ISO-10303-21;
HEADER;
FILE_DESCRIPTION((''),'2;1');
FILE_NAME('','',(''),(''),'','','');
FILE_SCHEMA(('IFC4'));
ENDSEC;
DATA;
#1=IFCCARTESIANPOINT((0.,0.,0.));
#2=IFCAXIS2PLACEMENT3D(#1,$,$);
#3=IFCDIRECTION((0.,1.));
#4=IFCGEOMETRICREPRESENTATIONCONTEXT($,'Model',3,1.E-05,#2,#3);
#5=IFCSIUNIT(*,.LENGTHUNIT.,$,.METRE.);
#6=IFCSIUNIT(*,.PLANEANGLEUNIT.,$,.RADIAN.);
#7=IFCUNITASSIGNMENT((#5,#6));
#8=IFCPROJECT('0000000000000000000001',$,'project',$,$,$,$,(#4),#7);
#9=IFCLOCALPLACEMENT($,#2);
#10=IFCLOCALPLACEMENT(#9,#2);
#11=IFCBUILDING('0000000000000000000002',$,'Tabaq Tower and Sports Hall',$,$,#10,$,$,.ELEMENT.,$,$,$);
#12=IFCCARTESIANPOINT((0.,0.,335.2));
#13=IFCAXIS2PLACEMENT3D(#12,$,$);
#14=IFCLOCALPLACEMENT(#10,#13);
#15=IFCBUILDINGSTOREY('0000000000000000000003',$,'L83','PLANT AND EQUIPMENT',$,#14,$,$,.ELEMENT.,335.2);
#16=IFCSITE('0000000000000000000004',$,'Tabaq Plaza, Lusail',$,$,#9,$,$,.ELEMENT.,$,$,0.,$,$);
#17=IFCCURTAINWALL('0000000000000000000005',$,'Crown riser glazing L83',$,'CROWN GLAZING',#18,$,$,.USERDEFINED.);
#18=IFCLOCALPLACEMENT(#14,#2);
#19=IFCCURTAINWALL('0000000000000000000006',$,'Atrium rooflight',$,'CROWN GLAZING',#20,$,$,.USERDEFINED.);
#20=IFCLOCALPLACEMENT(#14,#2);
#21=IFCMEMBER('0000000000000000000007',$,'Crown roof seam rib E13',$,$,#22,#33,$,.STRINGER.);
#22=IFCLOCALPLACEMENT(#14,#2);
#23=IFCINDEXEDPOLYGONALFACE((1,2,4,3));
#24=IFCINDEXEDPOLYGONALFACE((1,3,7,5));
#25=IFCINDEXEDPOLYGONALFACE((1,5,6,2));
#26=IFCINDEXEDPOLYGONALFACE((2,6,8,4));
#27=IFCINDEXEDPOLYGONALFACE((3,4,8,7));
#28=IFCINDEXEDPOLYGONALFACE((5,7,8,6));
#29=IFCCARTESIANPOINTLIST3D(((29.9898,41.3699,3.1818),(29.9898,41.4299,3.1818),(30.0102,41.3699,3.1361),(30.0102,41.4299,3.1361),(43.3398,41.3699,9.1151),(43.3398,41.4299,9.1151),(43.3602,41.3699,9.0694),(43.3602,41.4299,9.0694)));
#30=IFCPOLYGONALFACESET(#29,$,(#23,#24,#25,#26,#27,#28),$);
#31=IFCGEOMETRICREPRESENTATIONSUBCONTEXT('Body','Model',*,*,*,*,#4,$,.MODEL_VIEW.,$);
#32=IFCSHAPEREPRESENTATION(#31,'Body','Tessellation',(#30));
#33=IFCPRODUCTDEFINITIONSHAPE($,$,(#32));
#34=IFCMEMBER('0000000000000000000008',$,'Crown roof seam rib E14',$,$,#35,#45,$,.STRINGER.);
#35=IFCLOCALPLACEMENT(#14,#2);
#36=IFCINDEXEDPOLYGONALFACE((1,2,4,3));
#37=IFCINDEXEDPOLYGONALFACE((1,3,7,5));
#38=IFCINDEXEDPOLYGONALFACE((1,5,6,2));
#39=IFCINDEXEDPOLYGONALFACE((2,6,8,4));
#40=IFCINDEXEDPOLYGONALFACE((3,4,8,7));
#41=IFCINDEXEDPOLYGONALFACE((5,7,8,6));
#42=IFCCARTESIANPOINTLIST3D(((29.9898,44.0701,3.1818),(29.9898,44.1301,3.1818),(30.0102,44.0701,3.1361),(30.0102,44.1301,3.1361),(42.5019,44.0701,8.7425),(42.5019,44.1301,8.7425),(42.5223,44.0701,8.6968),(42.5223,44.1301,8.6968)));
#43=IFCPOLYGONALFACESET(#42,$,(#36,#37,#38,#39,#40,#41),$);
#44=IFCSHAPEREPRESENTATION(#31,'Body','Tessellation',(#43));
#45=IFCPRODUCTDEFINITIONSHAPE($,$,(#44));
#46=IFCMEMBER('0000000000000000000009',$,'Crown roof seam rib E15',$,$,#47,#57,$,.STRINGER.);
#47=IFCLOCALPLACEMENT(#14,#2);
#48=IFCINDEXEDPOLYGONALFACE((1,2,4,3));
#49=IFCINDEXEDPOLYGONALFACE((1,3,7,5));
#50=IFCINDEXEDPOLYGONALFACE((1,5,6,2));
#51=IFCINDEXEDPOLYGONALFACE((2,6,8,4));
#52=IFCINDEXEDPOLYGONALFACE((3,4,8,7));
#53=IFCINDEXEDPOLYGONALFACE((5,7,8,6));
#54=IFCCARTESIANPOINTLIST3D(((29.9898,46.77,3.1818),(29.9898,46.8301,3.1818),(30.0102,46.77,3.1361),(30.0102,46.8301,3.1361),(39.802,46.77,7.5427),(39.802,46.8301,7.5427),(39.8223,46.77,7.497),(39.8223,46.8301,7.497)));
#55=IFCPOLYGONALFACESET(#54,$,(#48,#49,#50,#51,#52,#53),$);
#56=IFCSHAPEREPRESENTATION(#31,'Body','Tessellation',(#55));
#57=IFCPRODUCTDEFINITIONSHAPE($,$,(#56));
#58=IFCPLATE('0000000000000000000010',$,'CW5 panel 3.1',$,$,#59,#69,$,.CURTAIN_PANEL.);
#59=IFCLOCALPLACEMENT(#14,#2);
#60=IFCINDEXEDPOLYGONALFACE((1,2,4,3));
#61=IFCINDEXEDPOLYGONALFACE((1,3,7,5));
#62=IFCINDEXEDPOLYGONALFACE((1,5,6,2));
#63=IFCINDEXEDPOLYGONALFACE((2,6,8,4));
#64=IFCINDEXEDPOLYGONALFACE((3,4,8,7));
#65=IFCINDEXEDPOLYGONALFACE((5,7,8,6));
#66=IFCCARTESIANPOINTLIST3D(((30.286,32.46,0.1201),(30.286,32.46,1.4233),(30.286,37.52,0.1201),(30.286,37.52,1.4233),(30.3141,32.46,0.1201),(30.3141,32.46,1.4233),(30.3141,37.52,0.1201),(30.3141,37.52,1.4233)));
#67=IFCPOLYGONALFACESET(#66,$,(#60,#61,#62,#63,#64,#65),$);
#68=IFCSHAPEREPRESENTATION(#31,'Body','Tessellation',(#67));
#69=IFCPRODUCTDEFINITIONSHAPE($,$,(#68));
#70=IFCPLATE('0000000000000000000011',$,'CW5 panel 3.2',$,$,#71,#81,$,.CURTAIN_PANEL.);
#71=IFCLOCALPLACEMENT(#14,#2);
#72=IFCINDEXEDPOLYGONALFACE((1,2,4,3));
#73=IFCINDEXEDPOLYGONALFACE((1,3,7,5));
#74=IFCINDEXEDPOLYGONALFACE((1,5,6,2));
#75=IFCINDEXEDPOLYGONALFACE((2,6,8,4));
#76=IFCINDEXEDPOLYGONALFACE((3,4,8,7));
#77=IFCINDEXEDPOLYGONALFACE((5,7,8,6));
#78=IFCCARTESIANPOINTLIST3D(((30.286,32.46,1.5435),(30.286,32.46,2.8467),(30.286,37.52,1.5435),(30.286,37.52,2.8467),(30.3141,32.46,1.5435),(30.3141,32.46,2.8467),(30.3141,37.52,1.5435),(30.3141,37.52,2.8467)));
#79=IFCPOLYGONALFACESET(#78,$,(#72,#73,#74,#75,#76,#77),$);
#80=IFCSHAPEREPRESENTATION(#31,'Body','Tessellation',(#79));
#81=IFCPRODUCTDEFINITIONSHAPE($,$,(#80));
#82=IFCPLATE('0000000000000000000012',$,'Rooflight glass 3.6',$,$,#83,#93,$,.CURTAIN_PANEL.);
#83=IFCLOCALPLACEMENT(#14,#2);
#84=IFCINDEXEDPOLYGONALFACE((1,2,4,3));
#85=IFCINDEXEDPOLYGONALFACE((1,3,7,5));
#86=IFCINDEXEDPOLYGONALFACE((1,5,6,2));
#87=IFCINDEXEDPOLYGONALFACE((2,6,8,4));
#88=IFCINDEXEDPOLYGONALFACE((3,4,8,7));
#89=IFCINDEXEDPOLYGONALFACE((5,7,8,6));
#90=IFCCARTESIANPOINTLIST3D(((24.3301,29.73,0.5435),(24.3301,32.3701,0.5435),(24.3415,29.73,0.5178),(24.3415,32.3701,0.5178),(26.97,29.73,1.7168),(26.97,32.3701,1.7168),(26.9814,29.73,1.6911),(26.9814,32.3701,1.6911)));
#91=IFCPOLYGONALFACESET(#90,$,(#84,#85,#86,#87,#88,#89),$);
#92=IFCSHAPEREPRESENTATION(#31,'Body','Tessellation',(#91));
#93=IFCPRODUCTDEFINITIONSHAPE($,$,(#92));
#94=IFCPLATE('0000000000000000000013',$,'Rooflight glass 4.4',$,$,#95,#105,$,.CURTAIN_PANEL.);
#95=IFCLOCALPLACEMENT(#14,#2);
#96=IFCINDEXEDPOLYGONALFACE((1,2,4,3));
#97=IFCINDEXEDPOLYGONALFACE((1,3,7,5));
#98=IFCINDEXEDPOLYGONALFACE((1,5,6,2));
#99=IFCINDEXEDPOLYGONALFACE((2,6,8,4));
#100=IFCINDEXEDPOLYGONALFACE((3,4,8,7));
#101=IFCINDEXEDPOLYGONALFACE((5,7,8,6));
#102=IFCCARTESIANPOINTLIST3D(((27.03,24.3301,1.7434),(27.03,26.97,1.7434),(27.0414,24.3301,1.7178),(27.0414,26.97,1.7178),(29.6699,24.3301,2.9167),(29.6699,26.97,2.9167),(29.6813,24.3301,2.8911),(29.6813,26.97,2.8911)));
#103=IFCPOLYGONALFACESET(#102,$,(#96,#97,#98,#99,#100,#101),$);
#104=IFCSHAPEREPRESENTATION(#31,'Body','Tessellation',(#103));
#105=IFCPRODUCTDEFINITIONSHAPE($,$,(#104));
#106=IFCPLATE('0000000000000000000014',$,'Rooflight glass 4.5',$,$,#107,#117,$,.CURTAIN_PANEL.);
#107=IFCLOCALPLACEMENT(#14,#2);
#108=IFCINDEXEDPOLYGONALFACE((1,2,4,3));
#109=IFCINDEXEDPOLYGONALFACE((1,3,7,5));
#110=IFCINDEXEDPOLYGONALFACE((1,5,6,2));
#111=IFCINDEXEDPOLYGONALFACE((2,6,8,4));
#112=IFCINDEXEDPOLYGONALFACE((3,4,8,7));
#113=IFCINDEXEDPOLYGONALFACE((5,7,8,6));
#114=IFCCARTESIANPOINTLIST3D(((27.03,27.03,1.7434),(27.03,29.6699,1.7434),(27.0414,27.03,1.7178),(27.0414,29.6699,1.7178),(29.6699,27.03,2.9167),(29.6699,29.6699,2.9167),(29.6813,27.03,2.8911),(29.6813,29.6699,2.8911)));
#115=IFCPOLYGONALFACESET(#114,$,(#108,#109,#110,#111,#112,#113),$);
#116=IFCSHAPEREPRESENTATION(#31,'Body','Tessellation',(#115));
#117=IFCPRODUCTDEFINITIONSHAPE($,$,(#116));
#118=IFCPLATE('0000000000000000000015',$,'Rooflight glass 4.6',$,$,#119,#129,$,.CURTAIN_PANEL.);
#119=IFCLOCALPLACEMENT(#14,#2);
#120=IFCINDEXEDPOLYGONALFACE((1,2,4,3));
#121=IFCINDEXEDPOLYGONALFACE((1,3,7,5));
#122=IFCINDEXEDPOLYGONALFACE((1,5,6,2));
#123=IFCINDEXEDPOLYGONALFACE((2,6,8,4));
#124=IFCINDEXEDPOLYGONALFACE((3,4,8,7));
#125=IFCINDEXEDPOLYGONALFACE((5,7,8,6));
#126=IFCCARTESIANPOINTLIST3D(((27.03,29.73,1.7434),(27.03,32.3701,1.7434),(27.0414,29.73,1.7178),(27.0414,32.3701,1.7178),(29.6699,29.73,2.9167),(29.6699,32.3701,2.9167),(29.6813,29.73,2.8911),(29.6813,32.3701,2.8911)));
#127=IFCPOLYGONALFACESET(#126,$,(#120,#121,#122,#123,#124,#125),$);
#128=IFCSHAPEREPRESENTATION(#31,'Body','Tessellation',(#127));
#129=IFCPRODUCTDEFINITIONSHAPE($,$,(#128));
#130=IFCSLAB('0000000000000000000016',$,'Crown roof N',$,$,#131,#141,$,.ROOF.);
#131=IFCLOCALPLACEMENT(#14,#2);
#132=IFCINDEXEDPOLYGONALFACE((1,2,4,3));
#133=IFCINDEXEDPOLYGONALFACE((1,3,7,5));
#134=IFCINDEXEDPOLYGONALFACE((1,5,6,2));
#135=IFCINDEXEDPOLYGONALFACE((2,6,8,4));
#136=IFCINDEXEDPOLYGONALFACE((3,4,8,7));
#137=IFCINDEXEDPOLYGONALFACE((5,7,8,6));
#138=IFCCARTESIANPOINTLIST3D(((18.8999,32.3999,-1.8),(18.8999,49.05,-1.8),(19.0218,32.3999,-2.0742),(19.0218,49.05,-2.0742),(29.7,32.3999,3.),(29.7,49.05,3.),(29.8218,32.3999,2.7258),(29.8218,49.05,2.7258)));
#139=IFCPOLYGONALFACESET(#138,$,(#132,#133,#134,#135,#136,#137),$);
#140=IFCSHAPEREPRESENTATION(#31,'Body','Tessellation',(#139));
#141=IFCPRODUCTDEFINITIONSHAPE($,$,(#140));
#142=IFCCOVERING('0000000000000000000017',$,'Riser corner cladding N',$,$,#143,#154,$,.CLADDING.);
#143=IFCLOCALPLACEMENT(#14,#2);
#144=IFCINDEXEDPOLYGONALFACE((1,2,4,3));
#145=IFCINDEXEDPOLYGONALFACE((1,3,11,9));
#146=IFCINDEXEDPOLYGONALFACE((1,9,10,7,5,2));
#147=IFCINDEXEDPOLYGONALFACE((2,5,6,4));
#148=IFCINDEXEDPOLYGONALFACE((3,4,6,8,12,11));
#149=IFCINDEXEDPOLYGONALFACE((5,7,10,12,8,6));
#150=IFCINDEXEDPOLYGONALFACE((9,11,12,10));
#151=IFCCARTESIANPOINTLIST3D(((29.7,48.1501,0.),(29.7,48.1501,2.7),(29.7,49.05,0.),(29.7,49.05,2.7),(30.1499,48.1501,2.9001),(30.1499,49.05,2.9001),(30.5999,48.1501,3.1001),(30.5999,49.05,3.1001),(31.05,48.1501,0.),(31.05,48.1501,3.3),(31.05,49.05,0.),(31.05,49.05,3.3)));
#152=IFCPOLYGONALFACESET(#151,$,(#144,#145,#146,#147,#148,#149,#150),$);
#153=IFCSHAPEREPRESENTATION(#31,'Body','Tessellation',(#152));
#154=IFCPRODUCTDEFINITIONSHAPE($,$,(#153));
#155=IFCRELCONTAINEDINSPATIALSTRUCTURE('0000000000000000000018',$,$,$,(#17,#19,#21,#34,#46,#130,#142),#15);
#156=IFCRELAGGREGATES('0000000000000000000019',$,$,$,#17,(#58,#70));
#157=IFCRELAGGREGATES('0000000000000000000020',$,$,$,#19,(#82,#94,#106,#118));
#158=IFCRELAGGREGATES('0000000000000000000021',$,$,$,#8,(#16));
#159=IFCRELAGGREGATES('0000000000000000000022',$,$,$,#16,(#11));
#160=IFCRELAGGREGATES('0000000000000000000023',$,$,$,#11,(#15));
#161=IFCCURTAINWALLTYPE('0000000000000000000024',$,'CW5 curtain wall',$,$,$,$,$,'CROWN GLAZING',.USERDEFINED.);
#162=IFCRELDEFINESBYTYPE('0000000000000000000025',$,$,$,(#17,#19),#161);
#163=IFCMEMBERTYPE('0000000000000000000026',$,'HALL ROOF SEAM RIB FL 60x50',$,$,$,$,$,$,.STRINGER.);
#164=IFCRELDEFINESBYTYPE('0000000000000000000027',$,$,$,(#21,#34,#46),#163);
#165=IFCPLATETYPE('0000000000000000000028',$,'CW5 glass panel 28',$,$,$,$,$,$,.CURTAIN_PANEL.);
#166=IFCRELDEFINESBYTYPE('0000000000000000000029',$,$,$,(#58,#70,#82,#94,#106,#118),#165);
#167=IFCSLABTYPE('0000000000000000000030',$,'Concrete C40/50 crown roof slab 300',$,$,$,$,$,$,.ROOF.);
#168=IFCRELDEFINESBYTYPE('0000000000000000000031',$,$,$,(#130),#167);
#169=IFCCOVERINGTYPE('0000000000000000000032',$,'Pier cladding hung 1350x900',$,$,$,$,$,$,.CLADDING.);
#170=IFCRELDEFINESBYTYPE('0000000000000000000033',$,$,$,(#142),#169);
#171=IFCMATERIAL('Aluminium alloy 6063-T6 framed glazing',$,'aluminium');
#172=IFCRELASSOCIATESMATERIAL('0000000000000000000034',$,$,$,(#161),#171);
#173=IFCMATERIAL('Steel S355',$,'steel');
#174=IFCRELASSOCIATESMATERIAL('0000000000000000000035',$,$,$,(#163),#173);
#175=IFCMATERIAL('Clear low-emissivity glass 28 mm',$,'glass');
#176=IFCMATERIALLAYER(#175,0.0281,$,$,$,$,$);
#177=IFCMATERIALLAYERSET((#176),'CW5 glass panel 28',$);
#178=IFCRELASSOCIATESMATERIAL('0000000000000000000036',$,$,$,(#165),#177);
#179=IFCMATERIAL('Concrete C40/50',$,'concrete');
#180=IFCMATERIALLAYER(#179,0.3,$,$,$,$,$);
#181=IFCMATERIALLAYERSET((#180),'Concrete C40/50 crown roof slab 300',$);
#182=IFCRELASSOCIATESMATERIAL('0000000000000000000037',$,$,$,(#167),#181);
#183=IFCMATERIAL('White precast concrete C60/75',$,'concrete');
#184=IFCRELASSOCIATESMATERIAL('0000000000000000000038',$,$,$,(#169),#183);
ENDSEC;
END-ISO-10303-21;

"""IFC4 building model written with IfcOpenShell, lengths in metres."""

from ifc_helpers import new_model, si_unit, direction, frame, origin, origin_2d, place, context, subcontext, project, spatial, polyline, rectangle, outline, extrude, material, layer, layer_set, material_profile, profile_set, type_object, element, aggregate, save


model = new_model("IFC4")

# Units and contexts
model_context = context("Model", 3, precision=1e-05, world=origin(), true_north=direction((0.0, 1.0)))
body_context = subcontext(model_context, "Body", "Model", "MODEL_VIEW")
ifc_project = project(units=[si_unit("LENGTHUNIT", "METRE"), si_unit("PLANEANGLEUNIT", "RADIAN")], contexts=[model_context])

# Site, building, storey
site_placement = place(None, origin())
site = spatial("IfcSite", under=ifc_project, at=site_placement, Name="Tabaq Plaza, Lusail", CompositionType="ELEMENT", RefElevation=0.0)
building_placement = place(site_placement, origin())
building = spatial("IfcBuilding", under=site, at=building_placement, Name="Tabaq Tower and Sports Hall", CompositionType="ELEMENT")
storey_placement = place(building_placement, frame((0.0, 0.0, 335.2)))
storey = spatial("IfcBuildingStorey", under=building, at=storey_placement, Name="L83", Description="PLANT AND EQUIPMENT", CompositionType="ELEMENT", Elevation=335.2)

# Curtain walls
ifc_material_1 = material(Name="Aluminium alloy 6063-T6 framed glazing", Category="aluminium")
curtain_wall_type = type_object("IfcCurtainWallType", Name="CW5 curtain wall", ElementType="CROWN GLAZING", PredefinedType="USERDEFINED", material=ifc_material_1)
curtain_wall_1_placement = place(storey_placement, origin())
curtain_wall_1 = element("IfcCurtainWall", 1, at=curtain_wall_1_placement, inside=storey, type_object=curtain_wall_type, Name="Crown riser glazing L83", ObjectType="CROWN GLAZING", PredefinedType="USERDEFINED")
curtain_wall_2_placement = place(storey_placement, origin())
curtain_wall_2 = element("IfcCurtainWall", 2, at=curtain_wall_2_placement, inside=storey, type_object=curtain_wall_type, Name="Atrium rooflight", ObjectType="CROWN GLAZING", PredefinedType="USERDEFINED")

# Members
ifc_material_2 = material(Name="Steel S355", Category="steel")
ifc_material_profile_1 = material_profile(ifc_material_2, rectangle(XDim=0.0601, YDim=0.05, at=origin_2d()), Name="FL 60x50")
ifc_profile_set_1 = profile_set([ifc_material_profile_1], Name="Steel S355")
member_type_1 = type_object("IfcMemberType", Name="HALL ROOF SEAM RIB FL 60x50", PredefinedType="STRINGER", material=ifc_profile_set_1)
for number, where, z_axis, x_axis, name in (
    (3, (30.0, 41.3999, 3.1589), (0.913812, 0.0, 0.406137), (0.0, 1.0, 0.0), "Crown roof seam rib E13"),
):
    element("IfcMember", number, at=place(storey_placement, frame(where, z_axis=z_axis, x_axis=x_axis)), inside=storey, type_object=member_type_1, Name=name, PredefinedType="STRINGER", context=body_context, shape_type="SweptSolid", body=[
        extrude(rectangle(XDim=0.0601, YDim=0.05, at=origin_2d()), origin(), (0.0, 0.0, 1.0), 14.6091),
    ])
member_1_placement = place(storey_placement, frame((30.0, 44.1001, 3.1589), z_axis=(0.913817, 0.0, 0.406127), x_axis=(0.0, 1.0, 0.0)))
element("IfcMember", 4, at=member_1_placement, inside=storey, type_object=member_type_1, Name="Crown roof seam rib E14", PredefinedType="STRINGER", context=body_context, shape_type="SweptSolid", body=[
    extrude(rectangle(XDim=0.0601, YDim=0.05, at=origin_2d()), origin(), (0.0, 0.0, 1.0), 13.6921),
])
member_2_placement = place(storey_placement, frame((30.0, 46.8, 3.1589), z_axis=(0.913813, 0.0, 0.406134), x_axis=(0.0, 1.0, 0.0)))
element("IfcMember", 5, at=member_2_placement, inside=storey, type_object=member_type_1, Name="Crown roof seam rib E15", PredefinedType="STRINGER", context=body_context, shape_type="SweptSolid", body=[
    extrude(rectangle(XDim=0.0601, YDim=0.05, at=origin_2d()), origin(), (0.0, 0.0, 1.0), 10.7375),
])

# Plates
ifc_material_3 = material(Name="Clear low-emissivity glass 28 mm", Category="glass")
ifc_layer_1 = layer(ifc_material_3, 0.0281)
ifc_layer_set_1 = layer_set([ifc_layer_1], Name="CW5 glass panel 28")
plate_type = type_object("IfcPlateType", Name="CW5 glass panel 28", PredefinedType="CURTAIN_PANEL", material=ifc_layer_set_1)
plate_1_placement = place(storey_placement, frame((30.3, 34.99, 0.1201), z_axis=(0.0, 0.0, 1.0), x_axis=(0.0, -1.0, 0.0)))
plate_1 = element("IfcPlate", 6, at=plate_1_placement, type_object=plate_type, Name="CW5 panel 3.1", PredefinedType="CURTAIN_PANEL", context=body_context, shape_type="SweptSolid", body=[
    extrude(rectangle(XDim=5.0601, YDim=0.0281, at=origin_2d()), origin(), (0.0, 0.0, 1.0), 1.3032),
])
plate_2_placement = place(storey_placement, frame((30.3, 34.99, 1.5435), z_axis=(0.0, 0.0, 1.0), x_axis=(0.0, -1.0, 0.0)))
plate_2 = element("IfcPlate", 7, at=plate_2_placement, type_object=plate_type, Name="CW5 panel 3.2", PredefinedType="CURTAIN_PANEL", context=body_context, shape_type="SweptSolid", body=[
    extrude(rectangle(XDim=5.0601, YDim=0.0281, at=origin_2d()), origin(), (0.0, 0.0, 1.0), 1.3032),
])
aggregate(curtain_wall_1, [plate_1, plate_2])
plate_3_placement = place(storey_placement, frame((24.3301, 29.73, 0.5435), z_axis=(-0.406154, 0.0, 0.913805), x_axis=(0.913805, 0.0, 0.406154)))
plate_3 = element("IfcPlate", 8, at=plate_3_placement, type_object=plate_type, Name="Rooflight glass 3.6", PredefinedType="CURTAIN_PANEL", context=body_context, shape_type="SweptSolid", body=[
    extrude(outline(polyline([(0.0, 0.0), (2.8889, 0.0), (2.8889, 2.6401), (0.0, 2.6401), (0.0, 0.0)])), origin(), (0.0, 0.0, -1.0), 0.0281),
])
plate_4_placement = place(storey_placement, frame((27.03, 24.3301, 1.7434), z_axis=(-0.406154, 0.0, 0.913805), x_axis=(0.913805, 0.0, 0.406154)))
plate_4 = element("IfcPlate", 9, at=plate_4_placement, type_object=plate_type, Name="Rooflight glass 4.4", PredefinedType="CURTAIN_PANEL", context=body_context, shape_type="SweptSolid", body=[
    extrude(outline(polyline([(0.0, 0.0), (2.8889, 0.0), (2.8889, 2.6399), (0.0, 2.6399), (0.0, 0.0)])), origin(), (0.0, 0.0, -1.0), 0.0281),
])
plate_5_placement = place(storey_placement, frame((27.03, 27.03, 1.7434), z_axis=(-0.406154, 0.0, 0.913805), x_axis=(0.913805, 0.0, 0.406154)))
plate_5 = element("IfcPlate", 10, at=plate_5_placement, type_object=plate_type, Name="Rooflight glass 4.5", PredefinedType="CURTAIN_PANEL", context=body_context, shape_type="SweptSolid", body=[
    extrude(outline(polyline([(0.0, 0.0), (2.8889, 0.0), (2.8889, 2.6399), (0.0, 2.6399), (0.0, 0.0)])), origin(), (0.0, 0.0, -1.0), 0.0281),
])
plate_6_placement = place(storey_placement, frame((27.03, 29.73, 1.7434), z_axis=(-0.406154, 0.0, 0.913805), x_axis=(0.913805, 0.0, 0.406154)))
plate_6 = element("IfcPlate", 11, at=plate_6_placement, type_object=plate_type, Name="Rooflight glass 4.6", PredefinedType="CURTAIN_PANEL", context=body_context, shape_type="SweptSolid", body=[
    extrude(outline(polyline([(0.0, 0.0), (2.8889, 0.0), (2.8889, 2.6401), (0.0, 2.6401), (0.0, 0.0)])), origin(), (0.0, 0.0, -1.0), 0.0281),
])
aggregate(curtain_wall_2, [plate_3, plate_4, plate_5, plate_6])

# Slab
ifc_material_4 = material(Name="Concrete C40/50", Category="concrete")
ifc_layer_2 = layer(ifc_material_4, 0.3)
ifc_layer_set_2 = layer_set([ifc_layer_2], Name="Concrete C40/50 crown roof slab 300")
slab_type = type_object("IfcSlabType", Name="Concrete C40/50 crown roof slab 300", PredefinedType="ROOF", material=ifc_layer_set_2)
slab_placement = place(storey_placement, frame((29.7, 49.05, 3.0), z_axis=(-0.40614, 0.0, 0.913811), x_axis=(0.0, -1.0, 0.0)))
element("IfcSlab", 12, at=slab_placement, inside=storey, type_object=slab_type, Name="Crown roof N", PredefinedType="ROOF", context=body_context, shape_type="SweptSolid", body=[
    extrude(outline(polyline([(0.0, 0.0), (16.6501, 0.0), (16.6501, -11.8187), (0.0, -11.8187), (0.0, 0.0)])), origin(), (0.0, 0.0, -1.0), 0.3),
])

# Covering
ifc_material_5 = material(Name="White precast concrete C60/75", Category="concrete")
covering_type = type_object("IfcCoveringType", Name="Pier cladding hung 1350x900", PredefinedType="CLADDING", material=ifc_material_5)
covering_placement = place(storey_placement, frame((29.7, 48.6001, 0.0), z_axis=(0.0, 0.0, 1.0), x_axis=(1.0, 0.0, 0.0)))
element("IfcCovering", 13, at=covering_placement, inside=storey, type_object=covering_type, Name="Riser corner cladding N", PredefinedType="CLADDING", context=body_context, shape_type="SweptSolid", body=[
    extrude(outline(polyline([(0.0, 0.0), (1.3501, 0.0), (1.3501, 3.3), (0.8999, 3.1001), (0.45, 2.9001), (0.0, 2.7), (0.0, 0.0)])), frame((0.0, 0.45, 0.0), z_axis=(0.0, -1.0, 0.0), x_axis=(1.0, 0.0, 0.0)), (0.0, 0.0, 1.0), 0.8999),
])

save(model, "model.ifc")
